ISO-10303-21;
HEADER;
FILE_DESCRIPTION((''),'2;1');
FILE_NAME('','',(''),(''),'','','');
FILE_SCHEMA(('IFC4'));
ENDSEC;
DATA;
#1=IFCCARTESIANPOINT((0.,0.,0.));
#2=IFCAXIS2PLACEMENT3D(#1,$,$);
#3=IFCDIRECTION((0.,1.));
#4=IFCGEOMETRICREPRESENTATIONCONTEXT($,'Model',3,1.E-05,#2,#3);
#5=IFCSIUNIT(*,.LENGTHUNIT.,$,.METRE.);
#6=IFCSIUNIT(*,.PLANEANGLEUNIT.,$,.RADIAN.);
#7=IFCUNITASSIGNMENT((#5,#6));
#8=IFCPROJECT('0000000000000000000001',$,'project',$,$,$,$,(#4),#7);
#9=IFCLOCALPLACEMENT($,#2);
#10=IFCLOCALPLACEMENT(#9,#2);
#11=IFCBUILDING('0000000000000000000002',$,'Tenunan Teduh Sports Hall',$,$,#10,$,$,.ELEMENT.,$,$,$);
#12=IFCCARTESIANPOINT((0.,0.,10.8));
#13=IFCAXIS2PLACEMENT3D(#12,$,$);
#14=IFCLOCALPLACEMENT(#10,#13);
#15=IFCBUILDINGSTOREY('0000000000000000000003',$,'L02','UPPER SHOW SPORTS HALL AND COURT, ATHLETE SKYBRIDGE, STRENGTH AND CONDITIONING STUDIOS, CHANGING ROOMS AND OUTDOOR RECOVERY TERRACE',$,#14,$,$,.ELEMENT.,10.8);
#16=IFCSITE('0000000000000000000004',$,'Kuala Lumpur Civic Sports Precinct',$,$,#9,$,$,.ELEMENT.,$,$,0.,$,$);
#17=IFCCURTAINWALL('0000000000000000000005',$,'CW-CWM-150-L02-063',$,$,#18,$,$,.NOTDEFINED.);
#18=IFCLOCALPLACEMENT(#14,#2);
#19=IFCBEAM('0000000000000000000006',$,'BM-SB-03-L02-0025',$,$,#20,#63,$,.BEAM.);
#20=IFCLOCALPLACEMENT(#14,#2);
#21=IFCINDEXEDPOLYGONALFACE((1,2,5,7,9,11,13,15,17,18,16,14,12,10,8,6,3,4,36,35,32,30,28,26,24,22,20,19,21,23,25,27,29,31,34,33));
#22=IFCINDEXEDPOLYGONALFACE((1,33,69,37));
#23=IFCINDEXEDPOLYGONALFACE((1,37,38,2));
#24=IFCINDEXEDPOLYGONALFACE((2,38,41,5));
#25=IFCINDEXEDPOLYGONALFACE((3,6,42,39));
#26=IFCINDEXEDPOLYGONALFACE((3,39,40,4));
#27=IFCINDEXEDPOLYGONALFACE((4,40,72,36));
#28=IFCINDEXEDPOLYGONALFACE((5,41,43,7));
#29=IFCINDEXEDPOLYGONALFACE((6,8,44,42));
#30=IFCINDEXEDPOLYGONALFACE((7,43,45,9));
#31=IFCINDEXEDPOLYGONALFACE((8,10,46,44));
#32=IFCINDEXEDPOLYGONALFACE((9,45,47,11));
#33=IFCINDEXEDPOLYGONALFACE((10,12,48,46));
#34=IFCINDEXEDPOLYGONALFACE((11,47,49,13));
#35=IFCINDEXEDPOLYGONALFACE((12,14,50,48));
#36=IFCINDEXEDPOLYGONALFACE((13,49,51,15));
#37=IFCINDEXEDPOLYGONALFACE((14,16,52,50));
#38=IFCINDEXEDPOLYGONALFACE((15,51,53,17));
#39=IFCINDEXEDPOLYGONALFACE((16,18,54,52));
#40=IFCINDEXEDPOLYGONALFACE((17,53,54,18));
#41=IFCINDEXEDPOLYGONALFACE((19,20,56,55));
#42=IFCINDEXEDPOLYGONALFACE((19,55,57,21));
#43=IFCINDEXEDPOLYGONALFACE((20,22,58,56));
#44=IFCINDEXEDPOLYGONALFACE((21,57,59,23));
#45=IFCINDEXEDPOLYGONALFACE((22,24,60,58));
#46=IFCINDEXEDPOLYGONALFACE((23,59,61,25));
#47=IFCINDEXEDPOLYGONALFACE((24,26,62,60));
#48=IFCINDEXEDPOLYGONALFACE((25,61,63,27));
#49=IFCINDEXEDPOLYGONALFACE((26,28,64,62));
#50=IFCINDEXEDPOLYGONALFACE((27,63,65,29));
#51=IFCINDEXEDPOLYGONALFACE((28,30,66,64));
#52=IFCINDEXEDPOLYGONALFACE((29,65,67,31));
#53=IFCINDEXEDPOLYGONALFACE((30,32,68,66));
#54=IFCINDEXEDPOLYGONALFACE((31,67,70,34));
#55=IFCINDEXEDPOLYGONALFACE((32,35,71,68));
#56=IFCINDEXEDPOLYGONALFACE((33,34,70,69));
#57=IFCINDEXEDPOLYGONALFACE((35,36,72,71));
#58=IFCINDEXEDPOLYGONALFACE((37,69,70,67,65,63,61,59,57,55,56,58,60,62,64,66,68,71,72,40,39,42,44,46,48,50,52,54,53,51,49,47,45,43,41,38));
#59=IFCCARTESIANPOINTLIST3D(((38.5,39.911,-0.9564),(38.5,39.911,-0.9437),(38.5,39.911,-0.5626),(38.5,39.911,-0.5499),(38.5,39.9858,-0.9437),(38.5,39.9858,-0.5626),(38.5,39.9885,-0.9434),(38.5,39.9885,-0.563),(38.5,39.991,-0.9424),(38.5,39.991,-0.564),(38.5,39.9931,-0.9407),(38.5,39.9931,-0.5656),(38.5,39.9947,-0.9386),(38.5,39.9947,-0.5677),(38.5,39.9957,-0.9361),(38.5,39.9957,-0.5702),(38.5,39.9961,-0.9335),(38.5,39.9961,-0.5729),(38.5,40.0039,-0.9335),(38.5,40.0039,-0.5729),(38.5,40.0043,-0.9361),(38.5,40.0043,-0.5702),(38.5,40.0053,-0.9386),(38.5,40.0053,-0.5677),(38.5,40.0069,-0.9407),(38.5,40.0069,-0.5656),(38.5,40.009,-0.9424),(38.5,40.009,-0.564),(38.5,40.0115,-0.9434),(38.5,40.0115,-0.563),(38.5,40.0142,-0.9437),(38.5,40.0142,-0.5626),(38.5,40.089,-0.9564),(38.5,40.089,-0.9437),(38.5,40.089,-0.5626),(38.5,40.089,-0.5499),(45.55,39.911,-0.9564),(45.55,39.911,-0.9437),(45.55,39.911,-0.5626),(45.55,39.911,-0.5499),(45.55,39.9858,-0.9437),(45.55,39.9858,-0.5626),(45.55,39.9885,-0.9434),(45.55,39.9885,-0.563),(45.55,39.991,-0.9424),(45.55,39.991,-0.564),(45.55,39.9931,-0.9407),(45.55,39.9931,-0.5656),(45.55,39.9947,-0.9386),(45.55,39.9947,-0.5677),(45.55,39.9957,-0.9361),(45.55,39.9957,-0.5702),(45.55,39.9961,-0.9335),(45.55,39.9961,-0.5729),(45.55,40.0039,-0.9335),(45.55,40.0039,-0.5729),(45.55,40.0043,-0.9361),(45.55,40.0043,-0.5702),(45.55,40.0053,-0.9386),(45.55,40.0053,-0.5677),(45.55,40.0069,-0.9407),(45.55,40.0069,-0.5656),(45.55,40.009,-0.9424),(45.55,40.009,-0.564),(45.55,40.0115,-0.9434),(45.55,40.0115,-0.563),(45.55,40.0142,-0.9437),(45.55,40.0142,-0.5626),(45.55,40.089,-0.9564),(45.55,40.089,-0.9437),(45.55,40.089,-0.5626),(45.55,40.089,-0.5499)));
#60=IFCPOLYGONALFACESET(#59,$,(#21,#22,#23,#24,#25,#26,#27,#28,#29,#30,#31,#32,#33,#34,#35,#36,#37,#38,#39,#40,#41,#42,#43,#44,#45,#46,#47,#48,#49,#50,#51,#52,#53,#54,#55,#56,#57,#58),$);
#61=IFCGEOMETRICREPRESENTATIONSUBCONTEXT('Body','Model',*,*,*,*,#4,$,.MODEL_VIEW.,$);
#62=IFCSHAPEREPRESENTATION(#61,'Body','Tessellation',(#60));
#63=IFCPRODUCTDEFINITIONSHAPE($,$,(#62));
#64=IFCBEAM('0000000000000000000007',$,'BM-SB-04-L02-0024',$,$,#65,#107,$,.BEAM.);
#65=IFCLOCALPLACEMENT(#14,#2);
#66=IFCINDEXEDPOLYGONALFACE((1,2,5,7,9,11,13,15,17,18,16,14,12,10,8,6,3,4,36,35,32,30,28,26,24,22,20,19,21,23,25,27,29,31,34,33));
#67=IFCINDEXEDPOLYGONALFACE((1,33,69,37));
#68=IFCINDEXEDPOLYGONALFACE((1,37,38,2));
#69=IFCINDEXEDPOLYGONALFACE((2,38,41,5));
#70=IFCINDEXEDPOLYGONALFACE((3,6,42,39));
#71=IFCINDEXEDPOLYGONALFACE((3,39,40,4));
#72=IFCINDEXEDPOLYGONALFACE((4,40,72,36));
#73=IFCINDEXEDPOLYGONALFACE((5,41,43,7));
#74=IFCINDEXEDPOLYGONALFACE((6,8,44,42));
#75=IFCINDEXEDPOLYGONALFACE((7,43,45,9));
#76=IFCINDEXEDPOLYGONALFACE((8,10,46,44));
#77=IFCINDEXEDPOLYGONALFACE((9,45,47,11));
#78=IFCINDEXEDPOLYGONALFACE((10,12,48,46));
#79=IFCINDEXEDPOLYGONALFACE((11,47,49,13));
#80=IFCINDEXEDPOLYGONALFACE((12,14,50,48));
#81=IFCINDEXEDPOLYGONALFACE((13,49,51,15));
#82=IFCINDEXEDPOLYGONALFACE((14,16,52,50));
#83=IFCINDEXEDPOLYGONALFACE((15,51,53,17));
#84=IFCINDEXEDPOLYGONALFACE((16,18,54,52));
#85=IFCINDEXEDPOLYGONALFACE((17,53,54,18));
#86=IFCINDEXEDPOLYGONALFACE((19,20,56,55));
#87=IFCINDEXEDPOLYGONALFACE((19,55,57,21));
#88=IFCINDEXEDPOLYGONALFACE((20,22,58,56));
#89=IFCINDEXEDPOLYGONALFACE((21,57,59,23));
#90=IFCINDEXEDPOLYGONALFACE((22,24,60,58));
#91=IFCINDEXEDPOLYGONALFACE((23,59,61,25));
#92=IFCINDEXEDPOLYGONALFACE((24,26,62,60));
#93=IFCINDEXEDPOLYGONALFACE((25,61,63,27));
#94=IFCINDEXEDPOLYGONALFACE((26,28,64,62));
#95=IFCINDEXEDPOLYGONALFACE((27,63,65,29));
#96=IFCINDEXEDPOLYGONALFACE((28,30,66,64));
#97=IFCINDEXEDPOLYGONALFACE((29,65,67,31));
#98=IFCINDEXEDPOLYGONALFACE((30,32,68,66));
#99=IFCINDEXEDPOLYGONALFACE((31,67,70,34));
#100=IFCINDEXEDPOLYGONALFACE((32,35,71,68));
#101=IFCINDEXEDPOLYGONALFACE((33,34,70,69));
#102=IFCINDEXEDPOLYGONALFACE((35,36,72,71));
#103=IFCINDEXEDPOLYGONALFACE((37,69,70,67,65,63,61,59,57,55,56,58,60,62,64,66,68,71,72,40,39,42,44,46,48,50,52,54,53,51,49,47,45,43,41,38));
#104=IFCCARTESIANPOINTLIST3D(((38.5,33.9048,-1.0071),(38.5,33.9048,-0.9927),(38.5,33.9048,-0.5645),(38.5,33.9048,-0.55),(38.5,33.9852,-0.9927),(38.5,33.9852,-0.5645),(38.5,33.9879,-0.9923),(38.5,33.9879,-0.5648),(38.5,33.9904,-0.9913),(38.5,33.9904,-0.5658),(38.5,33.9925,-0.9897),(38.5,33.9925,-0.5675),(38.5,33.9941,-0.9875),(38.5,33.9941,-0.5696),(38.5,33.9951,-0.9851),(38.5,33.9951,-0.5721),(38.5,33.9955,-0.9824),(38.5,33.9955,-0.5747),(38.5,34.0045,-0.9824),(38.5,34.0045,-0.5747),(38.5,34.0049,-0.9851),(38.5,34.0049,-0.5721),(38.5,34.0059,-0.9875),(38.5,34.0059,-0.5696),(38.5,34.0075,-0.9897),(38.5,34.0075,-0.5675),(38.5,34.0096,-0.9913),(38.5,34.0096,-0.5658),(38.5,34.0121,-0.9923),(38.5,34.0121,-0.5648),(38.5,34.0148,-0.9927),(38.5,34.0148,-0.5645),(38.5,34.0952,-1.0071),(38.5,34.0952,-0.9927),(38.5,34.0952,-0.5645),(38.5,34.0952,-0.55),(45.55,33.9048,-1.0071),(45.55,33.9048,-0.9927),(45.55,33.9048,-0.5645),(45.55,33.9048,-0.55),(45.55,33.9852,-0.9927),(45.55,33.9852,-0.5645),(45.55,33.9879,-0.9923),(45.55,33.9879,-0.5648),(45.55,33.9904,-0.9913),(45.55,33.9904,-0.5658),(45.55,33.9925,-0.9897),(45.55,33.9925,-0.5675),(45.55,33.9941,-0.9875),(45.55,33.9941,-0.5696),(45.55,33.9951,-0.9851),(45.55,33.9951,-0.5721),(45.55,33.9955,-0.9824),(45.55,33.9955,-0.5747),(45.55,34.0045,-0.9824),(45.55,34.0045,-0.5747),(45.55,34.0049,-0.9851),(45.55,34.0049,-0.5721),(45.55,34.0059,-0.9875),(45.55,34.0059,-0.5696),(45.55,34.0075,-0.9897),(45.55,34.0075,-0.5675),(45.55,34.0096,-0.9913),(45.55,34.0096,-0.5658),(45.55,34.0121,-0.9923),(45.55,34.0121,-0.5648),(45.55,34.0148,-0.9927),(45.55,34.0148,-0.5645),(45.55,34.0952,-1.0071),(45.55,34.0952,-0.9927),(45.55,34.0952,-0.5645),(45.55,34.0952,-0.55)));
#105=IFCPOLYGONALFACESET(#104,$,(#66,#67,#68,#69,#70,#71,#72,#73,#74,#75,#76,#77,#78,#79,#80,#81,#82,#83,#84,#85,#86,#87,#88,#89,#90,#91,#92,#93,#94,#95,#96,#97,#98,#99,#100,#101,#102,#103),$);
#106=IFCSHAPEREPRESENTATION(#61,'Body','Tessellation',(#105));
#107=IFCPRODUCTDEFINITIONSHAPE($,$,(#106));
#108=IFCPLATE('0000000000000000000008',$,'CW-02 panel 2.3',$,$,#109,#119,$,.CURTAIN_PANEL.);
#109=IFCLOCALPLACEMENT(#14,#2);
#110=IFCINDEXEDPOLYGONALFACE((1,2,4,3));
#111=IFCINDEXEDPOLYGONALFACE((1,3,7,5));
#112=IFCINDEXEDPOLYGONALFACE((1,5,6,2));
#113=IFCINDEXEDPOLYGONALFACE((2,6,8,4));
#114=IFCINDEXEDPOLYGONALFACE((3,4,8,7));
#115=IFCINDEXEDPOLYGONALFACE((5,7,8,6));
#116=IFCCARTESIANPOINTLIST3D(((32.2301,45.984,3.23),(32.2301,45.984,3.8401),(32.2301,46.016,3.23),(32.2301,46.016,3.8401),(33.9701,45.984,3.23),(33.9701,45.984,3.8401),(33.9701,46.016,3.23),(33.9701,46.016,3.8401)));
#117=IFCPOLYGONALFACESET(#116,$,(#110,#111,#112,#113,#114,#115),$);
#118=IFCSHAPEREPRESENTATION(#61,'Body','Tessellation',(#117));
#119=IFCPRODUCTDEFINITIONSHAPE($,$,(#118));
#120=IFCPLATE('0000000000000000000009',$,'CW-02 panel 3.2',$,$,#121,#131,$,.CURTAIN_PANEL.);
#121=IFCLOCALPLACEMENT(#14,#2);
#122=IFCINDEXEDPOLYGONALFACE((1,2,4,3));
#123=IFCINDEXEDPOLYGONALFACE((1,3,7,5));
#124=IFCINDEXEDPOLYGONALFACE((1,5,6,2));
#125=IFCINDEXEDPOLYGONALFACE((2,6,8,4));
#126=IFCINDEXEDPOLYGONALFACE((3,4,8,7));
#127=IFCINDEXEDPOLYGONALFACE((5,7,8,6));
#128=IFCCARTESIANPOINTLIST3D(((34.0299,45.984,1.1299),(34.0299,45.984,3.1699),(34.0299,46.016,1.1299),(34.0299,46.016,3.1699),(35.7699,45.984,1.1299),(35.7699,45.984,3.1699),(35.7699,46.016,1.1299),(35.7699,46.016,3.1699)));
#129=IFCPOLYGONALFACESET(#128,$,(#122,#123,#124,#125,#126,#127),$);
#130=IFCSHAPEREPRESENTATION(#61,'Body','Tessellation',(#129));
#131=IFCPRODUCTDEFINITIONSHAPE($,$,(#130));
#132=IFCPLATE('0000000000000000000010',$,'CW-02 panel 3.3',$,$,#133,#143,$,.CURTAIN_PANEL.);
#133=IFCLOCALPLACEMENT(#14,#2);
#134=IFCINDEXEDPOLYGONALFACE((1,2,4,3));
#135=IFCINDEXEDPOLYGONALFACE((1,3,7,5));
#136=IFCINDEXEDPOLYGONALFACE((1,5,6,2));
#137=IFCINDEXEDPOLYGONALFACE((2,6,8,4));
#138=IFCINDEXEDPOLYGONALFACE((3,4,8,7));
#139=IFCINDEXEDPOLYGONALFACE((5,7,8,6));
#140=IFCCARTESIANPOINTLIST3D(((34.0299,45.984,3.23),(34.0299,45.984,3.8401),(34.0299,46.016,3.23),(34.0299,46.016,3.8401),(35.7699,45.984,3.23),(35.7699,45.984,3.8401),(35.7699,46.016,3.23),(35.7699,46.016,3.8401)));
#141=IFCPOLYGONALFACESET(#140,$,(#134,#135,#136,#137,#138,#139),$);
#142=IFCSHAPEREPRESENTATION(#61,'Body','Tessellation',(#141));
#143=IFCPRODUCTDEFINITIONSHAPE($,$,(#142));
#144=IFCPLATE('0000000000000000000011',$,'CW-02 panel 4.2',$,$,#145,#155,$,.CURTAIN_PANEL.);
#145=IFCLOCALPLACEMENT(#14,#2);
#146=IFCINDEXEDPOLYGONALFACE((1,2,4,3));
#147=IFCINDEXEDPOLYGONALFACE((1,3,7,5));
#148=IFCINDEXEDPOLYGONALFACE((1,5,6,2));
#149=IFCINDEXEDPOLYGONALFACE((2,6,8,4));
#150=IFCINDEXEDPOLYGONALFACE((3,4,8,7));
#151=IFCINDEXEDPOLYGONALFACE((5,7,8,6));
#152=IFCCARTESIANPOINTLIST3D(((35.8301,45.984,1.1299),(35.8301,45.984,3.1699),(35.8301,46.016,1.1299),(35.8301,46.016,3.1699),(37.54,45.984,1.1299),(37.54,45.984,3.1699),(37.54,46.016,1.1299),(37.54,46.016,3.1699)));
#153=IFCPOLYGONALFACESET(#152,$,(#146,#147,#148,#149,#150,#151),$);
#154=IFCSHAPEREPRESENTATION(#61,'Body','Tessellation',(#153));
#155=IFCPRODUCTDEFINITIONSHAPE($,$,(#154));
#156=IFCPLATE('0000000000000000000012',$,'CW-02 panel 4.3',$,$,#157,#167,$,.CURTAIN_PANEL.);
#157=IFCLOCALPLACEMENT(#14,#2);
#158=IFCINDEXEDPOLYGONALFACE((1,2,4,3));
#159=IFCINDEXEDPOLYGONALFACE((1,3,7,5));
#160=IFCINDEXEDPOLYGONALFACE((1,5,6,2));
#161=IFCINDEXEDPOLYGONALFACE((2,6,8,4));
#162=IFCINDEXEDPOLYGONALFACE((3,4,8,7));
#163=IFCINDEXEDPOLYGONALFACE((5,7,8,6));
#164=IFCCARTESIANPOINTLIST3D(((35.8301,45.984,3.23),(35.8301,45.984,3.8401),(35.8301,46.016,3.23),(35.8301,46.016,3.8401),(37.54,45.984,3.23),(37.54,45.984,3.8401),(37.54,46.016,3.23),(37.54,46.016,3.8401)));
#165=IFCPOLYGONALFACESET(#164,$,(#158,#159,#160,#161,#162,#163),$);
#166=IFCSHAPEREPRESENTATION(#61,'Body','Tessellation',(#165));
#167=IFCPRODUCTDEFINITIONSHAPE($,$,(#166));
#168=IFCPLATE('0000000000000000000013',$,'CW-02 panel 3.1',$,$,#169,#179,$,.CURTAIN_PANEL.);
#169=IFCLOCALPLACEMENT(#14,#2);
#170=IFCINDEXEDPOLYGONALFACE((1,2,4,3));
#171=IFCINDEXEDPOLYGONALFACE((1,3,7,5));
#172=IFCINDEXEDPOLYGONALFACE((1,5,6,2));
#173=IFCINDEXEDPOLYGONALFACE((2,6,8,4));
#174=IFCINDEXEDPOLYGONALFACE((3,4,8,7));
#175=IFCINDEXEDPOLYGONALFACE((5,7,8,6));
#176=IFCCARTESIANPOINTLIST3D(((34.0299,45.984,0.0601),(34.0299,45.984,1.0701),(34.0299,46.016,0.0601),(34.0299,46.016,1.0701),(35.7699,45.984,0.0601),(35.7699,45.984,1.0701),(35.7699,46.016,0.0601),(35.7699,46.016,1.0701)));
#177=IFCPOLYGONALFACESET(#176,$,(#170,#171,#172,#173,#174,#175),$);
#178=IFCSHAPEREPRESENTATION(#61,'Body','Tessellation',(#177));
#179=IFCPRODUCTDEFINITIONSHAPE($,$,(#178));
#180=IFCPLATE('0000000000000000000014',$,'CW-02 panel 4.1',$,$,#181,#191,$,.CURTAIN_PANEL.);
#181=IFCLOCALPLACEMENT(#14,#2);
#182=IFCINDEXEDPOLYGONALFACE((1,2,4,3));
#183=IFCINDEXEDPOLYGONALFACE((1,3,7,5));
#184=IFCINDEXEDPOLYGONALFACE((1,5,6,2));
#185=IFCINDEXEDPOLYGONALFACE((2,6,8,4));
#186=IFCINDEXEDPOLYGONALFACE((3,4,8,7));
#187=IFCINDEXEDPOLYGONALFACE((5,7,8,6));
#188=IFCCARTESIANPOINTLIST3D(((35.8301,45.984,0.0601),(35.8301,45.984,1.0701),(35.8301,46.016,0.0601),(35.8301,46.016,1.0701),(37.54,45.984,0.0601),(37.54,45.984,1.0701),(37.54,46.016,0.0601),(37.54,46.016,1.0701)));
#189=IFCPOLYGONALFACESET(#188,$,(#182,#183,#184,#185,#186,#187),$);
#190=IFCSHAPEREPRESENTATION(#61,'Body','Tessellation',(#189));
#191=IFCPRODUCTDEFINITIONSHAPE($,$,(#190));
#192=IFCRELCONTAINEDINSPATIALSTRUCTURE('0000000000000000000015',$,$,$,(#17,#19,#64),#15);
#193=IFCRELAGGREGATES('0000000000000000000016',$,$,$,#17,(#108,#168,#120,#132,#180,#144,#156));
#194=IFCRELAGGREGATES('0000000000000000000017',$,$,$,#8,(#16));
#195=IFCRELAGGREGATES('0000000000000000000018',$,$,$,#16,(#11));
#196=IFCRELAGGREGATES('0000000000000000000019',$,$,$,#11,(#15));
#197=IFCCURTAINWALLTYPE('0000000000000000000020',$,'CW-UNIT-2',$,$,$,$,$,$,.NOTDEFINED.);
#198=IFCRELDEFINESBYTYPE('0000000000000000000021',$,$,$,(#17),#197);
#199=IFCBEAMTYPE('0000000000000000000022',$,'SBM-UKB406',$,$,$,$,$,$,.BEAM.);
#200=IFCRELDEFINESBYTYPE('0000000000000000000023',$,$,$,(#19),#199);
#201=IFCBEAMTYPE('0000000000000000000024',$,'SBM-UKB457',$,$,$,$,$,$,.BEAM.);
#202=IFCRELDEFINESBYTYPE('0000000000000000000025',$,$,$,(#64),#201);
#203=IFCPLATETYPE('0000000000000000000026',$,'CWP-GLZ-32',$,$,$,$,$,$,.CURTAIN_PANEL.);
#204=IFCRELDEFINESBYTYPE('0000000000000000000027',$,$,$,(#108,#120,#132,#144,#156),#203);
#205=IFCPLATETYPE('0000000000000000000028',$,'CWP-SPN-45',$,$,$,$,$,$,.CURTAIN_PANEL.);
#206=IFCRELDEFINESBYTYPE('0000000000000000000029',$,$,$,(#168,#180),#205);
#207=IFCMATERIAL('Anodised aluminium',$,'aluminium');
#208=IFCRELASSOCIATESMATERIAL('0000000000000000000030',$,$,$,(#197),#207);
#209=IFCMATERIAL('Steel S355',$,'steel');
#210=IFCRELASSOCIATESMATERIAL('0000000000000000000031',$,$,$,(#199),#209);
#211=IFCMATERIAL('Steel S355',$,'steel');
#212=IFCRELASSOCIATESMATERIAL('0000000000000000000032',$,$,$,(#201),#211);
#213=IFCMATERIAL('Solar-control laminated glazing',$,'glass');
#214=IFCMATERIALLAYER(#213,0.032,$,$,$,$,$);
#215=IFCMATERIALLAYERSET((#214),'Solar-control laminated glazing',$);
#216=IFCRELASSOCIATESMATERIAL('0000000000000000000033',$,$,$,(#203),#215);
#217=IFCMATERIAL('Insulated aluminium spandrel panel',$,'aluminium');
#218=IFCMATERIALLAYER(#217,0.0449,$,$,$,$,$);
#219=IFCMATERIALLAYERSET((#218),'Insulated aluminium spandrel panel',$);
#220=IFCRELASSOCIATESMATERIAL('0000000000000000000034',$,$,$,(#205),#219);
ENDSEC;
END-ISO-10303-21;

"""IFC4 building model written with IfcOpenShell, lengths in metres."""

from ifc_helpers import new_model, si_unit, direction, frame, origin, origin_2d, place, context, subcontext, project, spatial, rectangle, i_section, extrude, material, layer, layer_set, material_profile, profile_set, type_object, element, aggregate, save


model = new_model("IFC4")

# Units and contexts
model_context = context("Model", 3, precision=1e-05, world=origin(), true_north=direction((0.0, 1.0)))
body_context = subcontext(model_context, "Body", "Model", "MODEL_VIEW")
ifc_project = project(units=[si_unit("LENGTHUNIT", "METRE"), si_unit("PLANEANGLEUNIT", "RADIAN")], contexts=[model_context])

# Site, building, storey
site_placement = place(None, origin())
site = spatial("IfcSite", under=ifc_project, at=site_placement, Name="Kuala Lumpur Civic Sports Precinct", CompositionType="ELEMENT", RefElevation=0.0)
building_placement = place(site_placement, origin())
building = spatial("IfcBuilding", under=site, at=building_placement, Name="Tenunan Teduh Sports Hall", CompositionType="ELEMENT")
storey_placement = place(building_placement, frame((0.0, 0.0, 10.8)))
storey = spatial("IfcBuildingStorey", under=building, at=storey_placement, Name="L02", Description="UPPER SHOW SPORTS HALL AND COURT, ATHLETE SKYBRIDGE, STRENGTH AND CONDITIONING STUDIOS, CHANGING ROOMS AND OUTDOOR RECOVERY TERRACE", CompositionType="ELEMENT", Elevation=10.8)

# Curtain wall
ifc_material_1 = material(Name="Anodised aluminium", Category="aluminium")
curtain_wall_type = type_object("IfcCurtainWallType", Name="CW-UNIT-2", PredefinedType="NOTDEFINED", material=ifc_material_1)
curtain_wall_placement = place(storey_placement, origin())
curtain_wall = element("IfcCurtainWall", 1, at=curtain_wall_placement, inside=storey, type_object=curtain_wall_type, Name="CW-CWM-150-L02-063", PredefinedType="NOTDEFINED")

# Beams
ifc_material_2 = material(Name="Steel S355", Category="steel")
ifc_material_profile_1 = material_profile(ifc_material_2, i_section(OverallWidth=0.178, OverallDepth=0.4065, WebThickness=0.0078, FlangeThickness=0.0127, FilletRadius=0.0103, at=origin_2d()), Name="UKB 406x178x60")
ifc_profile_set_1 = profile_set([ifc_material_profile_1], Name="Steel S355")
beam_type_1 = type_object("IfcBeamType", Name="SBM-UKB406", PredefinedType="BEAM", material=ifc_profile_set_1)
beam_1_placement = place(storey_placement, frame((38.5, 40.0, -0.7532), z_axis=(1.0, 0.0, 0.0), x_axis=(0.0, 1.0, 0.0)))
element("IfcBeam", 2, at=beam_1_placement, inside=storey, type_object=beam_type_1, Name="BM-SB-03-L02-0025", PredefinedType="BEAM", context=body_context, shape_type="SweptSolid", body=[
    extrude(i_section(OverallWidth=0.178, OverallDepth=0.4065, WebThickness=0.0078, FlangeThickness=0.0127, FilletRadius=0.0103, at=origin_2d()), origin(), (0.0, 0.0, 1.0), 7.05),
])
ifc_material_3 = material(Name="Steel S355", Category="steel")
ifc_material_profile_2 = material_profile(ifc_material_3, i_section(OverallWidth=0.1904, OverallDepth=0.457, WebThickness=0.009, FlangeThickness=0.0144, FilletRadius=0.0103, at=origin_2d()), Name="UKB 457x191x74")
ifc_profile_set_2 = profile_set([ifc_material_profile_2], Name="Steel S355")
beam_type_2 = type_object("IfcBeamType", Name="SBM-UKB457", PredefinedType="BEAM", material=ifc_profile_set_2)
beam_2_placement = place(storey_placement, frame((38.5, 34.0, -0.7786), z_axis=(1.0, 0.0, 0.0), x_axis=(0.0, 1.0, 0.0)))
element("IfcBeam", 3, at=beam_2_placement, inside=storey, type_object=beam_type_2, Name="BM-SB-04-L02-0024", PredefinedType="BEAM", context=body_context, shape_type="SweptSolid", body=[
    extrude(i_section(OverallWidth=0.1904, OverallDepth=0.457, WebThickness=0.009, FlangeThickness=0.0144, FilletRadius=0.0103, at=origin_2d()), origin(), (0.0, 0.0, 1.0), 7.05),
])

# Plates
ifc_material_4 = material(Name="Solar-control laminated glazing", Category="glass")
ifc_layer_1 = layer(ifc_material_4, 0.032)
ifc_layer_set_1 = layer_set([ifc_layer_1], Name="Solar-control laminated glazing")
plate_type_1 = type_object("IfcPlateType", Name="CWP-GLZ-32", PredefinedType="CURTAIN_PANEL", material=ifc_layer_set_1)
plate_1_placement = place(storey_placement, frame((33.1001, 46.0, 3.23), z_axis=(0.0, 0.0, 1.0), x_axis=(1.0, 0.0, 0.0)))
plate_1 = element("IfcPlate", 4, at=plate_1_placement, type_object=plate_type_1, Name="CW-02 panel 2.3", PredefinedType="CURTAIN_PANEL", context=body_context, shape_type="SweptSolid", body=[
    extrude(rectangle(XDim=1.74, YDim=0.032, at=origin_2d()), origin(), (0.0, 0.0, 1.0), 0.6101),
])
plate_2_placement = place(storey_placement, frame((34.8999, 46.0, 1.1299), z_axis=(0.0, 0.0, 1.0), x_axis=(1.0, 0.0, 0.0)))
plate_2 = element("IfcPlate", 5, at=plate_2_placement, type_object=plate_type_1, Name="CW-02 panel 3.2", PredefinedType="CURTAIN_PANEL", context=body_context, shape_type="SweptSolid", body=[
    extrude(rectangle(XDim=1.74, YDim=0.032, at=origin_2d()), origin(), (0.0, 0.0, 1.0), 2.04),
])
plate_3_placement = place(storey_placement, frame((34.8999, 46.0, 3.23), z_axis=(0.0, 0.0, 1.0), x_axis=(1.0, 0.0, 0.0)))
plate_3 = element("IfcPlate", 6, at=plate_3_placement, type_object=plate_type_1, Name="CW-02 panel 3.3", PredefinedType="CURTAIN_PANEL", context=body_context, shape_type="SweptSolid", body=[
    extrude(rectangle(XDim=1.74, YDim=0.032, at=origin_2d()), origin(), (0.0, 0.0, 1.0), 0.6101),
])
plate_4_placement = place(storey_placement, frame((36.6851, 46.0, 1.1299), z_axis=(0.0, 0.0, 1.0), x_axis=(1.0, 0.0, 0.0)))
plate_4 = element("IfcPlate", 7, at=plate_4_placement, type_object=plate_type_1, Name="CW-02 panel 4.2", PredefinedType="CURTAIN_PANEL", context=body_context, shape_type="SweptSolid", body=[
    extrude(rectangle(XDim=1.71, YDim=0.032, at=origin_2d()), origin(), (0.0, 0.0, 1.0), 2.04),
])
plate_5_placement = place(storey_placement, frame((36.6851, 46.0, 3.23), z_axis=(0.0, 0.0, 1.0), x_axis=(1.0, 0.0, 0.0)))
plate_5 = element("IfcPlate", 8, at=plate_5_placement, type_object=plate_type_1, Name="CW-02 panel 4.3", PredefinedType="CURTAIN_PANEL", context=body_context, shape_type="SweptSolid", body=[
    extrude(rectangle(XDim=1.71, YDim=0.032, at=origin_2d()), origin(), (0.0, 0.0, 1.0), 0.6101),
])
ifc_material_5 = material(Name="Insulated aluminium spandrel panel", Category="aluminium")
ifc_layer_2 = layer(ifc_material_5, 0.0449)
ifc_layer_set_2 = layer_set([ifc_layer_2], Name="Insulated aluminium spandrel panel")
plate_type_2 = type_object("IfcPlateType", Name="CWP-SPN-45", PredefinedType="CURTAIN_PANEL", material=ifc_layer_set_2)
plate_6_placement = place(storey_placement, frame((34.8999, 46.0, 0.0601), z_axis=(0.0, 0.0, 1.0), x_axis=(1.0, 0.0, 0.0)))
plate_6 = element("IfcPlate", 9, at=plate_6_placement, type_object=plate_type_2, Name="CW-02 panel 3.1", PredefinedType="CURTAIN_PANEL", context=body_context, shape_type="SweptSolid", body=[
    extrude(rectangle(XDim=1.74, YDim=0.032, at=origin_2d()), origin(), (0.0, 0.0, 1.0), 1.01),
])
plate_7_placement = place(storey_placement, frame((36.6851, 46.0, 0.0601), z_axis=(0.0, 0.0, 1.0), x_axis=(1.0, 0.0, 0.0)))
plate_7 = element("IfcPlate", 10, at=plate_7_placement, type_object=plate_type_2, Name="CW-02 panel 4.1", PredefinedType="CURTAIN_PANEL", context=body_context, shape_type="SweptSolid", body=[
    extrude(rectangle(XDim=1.71, YDim=0.032, at=origin_2d()), origin(), (0.0, 0.0, 1.0), 1.01),
])
aggregate(curtain_wall, [plate_1, plate_6, plate_2, plate_3, plate_7, plate_4, plate_5])

save(model, "model.ifc")
